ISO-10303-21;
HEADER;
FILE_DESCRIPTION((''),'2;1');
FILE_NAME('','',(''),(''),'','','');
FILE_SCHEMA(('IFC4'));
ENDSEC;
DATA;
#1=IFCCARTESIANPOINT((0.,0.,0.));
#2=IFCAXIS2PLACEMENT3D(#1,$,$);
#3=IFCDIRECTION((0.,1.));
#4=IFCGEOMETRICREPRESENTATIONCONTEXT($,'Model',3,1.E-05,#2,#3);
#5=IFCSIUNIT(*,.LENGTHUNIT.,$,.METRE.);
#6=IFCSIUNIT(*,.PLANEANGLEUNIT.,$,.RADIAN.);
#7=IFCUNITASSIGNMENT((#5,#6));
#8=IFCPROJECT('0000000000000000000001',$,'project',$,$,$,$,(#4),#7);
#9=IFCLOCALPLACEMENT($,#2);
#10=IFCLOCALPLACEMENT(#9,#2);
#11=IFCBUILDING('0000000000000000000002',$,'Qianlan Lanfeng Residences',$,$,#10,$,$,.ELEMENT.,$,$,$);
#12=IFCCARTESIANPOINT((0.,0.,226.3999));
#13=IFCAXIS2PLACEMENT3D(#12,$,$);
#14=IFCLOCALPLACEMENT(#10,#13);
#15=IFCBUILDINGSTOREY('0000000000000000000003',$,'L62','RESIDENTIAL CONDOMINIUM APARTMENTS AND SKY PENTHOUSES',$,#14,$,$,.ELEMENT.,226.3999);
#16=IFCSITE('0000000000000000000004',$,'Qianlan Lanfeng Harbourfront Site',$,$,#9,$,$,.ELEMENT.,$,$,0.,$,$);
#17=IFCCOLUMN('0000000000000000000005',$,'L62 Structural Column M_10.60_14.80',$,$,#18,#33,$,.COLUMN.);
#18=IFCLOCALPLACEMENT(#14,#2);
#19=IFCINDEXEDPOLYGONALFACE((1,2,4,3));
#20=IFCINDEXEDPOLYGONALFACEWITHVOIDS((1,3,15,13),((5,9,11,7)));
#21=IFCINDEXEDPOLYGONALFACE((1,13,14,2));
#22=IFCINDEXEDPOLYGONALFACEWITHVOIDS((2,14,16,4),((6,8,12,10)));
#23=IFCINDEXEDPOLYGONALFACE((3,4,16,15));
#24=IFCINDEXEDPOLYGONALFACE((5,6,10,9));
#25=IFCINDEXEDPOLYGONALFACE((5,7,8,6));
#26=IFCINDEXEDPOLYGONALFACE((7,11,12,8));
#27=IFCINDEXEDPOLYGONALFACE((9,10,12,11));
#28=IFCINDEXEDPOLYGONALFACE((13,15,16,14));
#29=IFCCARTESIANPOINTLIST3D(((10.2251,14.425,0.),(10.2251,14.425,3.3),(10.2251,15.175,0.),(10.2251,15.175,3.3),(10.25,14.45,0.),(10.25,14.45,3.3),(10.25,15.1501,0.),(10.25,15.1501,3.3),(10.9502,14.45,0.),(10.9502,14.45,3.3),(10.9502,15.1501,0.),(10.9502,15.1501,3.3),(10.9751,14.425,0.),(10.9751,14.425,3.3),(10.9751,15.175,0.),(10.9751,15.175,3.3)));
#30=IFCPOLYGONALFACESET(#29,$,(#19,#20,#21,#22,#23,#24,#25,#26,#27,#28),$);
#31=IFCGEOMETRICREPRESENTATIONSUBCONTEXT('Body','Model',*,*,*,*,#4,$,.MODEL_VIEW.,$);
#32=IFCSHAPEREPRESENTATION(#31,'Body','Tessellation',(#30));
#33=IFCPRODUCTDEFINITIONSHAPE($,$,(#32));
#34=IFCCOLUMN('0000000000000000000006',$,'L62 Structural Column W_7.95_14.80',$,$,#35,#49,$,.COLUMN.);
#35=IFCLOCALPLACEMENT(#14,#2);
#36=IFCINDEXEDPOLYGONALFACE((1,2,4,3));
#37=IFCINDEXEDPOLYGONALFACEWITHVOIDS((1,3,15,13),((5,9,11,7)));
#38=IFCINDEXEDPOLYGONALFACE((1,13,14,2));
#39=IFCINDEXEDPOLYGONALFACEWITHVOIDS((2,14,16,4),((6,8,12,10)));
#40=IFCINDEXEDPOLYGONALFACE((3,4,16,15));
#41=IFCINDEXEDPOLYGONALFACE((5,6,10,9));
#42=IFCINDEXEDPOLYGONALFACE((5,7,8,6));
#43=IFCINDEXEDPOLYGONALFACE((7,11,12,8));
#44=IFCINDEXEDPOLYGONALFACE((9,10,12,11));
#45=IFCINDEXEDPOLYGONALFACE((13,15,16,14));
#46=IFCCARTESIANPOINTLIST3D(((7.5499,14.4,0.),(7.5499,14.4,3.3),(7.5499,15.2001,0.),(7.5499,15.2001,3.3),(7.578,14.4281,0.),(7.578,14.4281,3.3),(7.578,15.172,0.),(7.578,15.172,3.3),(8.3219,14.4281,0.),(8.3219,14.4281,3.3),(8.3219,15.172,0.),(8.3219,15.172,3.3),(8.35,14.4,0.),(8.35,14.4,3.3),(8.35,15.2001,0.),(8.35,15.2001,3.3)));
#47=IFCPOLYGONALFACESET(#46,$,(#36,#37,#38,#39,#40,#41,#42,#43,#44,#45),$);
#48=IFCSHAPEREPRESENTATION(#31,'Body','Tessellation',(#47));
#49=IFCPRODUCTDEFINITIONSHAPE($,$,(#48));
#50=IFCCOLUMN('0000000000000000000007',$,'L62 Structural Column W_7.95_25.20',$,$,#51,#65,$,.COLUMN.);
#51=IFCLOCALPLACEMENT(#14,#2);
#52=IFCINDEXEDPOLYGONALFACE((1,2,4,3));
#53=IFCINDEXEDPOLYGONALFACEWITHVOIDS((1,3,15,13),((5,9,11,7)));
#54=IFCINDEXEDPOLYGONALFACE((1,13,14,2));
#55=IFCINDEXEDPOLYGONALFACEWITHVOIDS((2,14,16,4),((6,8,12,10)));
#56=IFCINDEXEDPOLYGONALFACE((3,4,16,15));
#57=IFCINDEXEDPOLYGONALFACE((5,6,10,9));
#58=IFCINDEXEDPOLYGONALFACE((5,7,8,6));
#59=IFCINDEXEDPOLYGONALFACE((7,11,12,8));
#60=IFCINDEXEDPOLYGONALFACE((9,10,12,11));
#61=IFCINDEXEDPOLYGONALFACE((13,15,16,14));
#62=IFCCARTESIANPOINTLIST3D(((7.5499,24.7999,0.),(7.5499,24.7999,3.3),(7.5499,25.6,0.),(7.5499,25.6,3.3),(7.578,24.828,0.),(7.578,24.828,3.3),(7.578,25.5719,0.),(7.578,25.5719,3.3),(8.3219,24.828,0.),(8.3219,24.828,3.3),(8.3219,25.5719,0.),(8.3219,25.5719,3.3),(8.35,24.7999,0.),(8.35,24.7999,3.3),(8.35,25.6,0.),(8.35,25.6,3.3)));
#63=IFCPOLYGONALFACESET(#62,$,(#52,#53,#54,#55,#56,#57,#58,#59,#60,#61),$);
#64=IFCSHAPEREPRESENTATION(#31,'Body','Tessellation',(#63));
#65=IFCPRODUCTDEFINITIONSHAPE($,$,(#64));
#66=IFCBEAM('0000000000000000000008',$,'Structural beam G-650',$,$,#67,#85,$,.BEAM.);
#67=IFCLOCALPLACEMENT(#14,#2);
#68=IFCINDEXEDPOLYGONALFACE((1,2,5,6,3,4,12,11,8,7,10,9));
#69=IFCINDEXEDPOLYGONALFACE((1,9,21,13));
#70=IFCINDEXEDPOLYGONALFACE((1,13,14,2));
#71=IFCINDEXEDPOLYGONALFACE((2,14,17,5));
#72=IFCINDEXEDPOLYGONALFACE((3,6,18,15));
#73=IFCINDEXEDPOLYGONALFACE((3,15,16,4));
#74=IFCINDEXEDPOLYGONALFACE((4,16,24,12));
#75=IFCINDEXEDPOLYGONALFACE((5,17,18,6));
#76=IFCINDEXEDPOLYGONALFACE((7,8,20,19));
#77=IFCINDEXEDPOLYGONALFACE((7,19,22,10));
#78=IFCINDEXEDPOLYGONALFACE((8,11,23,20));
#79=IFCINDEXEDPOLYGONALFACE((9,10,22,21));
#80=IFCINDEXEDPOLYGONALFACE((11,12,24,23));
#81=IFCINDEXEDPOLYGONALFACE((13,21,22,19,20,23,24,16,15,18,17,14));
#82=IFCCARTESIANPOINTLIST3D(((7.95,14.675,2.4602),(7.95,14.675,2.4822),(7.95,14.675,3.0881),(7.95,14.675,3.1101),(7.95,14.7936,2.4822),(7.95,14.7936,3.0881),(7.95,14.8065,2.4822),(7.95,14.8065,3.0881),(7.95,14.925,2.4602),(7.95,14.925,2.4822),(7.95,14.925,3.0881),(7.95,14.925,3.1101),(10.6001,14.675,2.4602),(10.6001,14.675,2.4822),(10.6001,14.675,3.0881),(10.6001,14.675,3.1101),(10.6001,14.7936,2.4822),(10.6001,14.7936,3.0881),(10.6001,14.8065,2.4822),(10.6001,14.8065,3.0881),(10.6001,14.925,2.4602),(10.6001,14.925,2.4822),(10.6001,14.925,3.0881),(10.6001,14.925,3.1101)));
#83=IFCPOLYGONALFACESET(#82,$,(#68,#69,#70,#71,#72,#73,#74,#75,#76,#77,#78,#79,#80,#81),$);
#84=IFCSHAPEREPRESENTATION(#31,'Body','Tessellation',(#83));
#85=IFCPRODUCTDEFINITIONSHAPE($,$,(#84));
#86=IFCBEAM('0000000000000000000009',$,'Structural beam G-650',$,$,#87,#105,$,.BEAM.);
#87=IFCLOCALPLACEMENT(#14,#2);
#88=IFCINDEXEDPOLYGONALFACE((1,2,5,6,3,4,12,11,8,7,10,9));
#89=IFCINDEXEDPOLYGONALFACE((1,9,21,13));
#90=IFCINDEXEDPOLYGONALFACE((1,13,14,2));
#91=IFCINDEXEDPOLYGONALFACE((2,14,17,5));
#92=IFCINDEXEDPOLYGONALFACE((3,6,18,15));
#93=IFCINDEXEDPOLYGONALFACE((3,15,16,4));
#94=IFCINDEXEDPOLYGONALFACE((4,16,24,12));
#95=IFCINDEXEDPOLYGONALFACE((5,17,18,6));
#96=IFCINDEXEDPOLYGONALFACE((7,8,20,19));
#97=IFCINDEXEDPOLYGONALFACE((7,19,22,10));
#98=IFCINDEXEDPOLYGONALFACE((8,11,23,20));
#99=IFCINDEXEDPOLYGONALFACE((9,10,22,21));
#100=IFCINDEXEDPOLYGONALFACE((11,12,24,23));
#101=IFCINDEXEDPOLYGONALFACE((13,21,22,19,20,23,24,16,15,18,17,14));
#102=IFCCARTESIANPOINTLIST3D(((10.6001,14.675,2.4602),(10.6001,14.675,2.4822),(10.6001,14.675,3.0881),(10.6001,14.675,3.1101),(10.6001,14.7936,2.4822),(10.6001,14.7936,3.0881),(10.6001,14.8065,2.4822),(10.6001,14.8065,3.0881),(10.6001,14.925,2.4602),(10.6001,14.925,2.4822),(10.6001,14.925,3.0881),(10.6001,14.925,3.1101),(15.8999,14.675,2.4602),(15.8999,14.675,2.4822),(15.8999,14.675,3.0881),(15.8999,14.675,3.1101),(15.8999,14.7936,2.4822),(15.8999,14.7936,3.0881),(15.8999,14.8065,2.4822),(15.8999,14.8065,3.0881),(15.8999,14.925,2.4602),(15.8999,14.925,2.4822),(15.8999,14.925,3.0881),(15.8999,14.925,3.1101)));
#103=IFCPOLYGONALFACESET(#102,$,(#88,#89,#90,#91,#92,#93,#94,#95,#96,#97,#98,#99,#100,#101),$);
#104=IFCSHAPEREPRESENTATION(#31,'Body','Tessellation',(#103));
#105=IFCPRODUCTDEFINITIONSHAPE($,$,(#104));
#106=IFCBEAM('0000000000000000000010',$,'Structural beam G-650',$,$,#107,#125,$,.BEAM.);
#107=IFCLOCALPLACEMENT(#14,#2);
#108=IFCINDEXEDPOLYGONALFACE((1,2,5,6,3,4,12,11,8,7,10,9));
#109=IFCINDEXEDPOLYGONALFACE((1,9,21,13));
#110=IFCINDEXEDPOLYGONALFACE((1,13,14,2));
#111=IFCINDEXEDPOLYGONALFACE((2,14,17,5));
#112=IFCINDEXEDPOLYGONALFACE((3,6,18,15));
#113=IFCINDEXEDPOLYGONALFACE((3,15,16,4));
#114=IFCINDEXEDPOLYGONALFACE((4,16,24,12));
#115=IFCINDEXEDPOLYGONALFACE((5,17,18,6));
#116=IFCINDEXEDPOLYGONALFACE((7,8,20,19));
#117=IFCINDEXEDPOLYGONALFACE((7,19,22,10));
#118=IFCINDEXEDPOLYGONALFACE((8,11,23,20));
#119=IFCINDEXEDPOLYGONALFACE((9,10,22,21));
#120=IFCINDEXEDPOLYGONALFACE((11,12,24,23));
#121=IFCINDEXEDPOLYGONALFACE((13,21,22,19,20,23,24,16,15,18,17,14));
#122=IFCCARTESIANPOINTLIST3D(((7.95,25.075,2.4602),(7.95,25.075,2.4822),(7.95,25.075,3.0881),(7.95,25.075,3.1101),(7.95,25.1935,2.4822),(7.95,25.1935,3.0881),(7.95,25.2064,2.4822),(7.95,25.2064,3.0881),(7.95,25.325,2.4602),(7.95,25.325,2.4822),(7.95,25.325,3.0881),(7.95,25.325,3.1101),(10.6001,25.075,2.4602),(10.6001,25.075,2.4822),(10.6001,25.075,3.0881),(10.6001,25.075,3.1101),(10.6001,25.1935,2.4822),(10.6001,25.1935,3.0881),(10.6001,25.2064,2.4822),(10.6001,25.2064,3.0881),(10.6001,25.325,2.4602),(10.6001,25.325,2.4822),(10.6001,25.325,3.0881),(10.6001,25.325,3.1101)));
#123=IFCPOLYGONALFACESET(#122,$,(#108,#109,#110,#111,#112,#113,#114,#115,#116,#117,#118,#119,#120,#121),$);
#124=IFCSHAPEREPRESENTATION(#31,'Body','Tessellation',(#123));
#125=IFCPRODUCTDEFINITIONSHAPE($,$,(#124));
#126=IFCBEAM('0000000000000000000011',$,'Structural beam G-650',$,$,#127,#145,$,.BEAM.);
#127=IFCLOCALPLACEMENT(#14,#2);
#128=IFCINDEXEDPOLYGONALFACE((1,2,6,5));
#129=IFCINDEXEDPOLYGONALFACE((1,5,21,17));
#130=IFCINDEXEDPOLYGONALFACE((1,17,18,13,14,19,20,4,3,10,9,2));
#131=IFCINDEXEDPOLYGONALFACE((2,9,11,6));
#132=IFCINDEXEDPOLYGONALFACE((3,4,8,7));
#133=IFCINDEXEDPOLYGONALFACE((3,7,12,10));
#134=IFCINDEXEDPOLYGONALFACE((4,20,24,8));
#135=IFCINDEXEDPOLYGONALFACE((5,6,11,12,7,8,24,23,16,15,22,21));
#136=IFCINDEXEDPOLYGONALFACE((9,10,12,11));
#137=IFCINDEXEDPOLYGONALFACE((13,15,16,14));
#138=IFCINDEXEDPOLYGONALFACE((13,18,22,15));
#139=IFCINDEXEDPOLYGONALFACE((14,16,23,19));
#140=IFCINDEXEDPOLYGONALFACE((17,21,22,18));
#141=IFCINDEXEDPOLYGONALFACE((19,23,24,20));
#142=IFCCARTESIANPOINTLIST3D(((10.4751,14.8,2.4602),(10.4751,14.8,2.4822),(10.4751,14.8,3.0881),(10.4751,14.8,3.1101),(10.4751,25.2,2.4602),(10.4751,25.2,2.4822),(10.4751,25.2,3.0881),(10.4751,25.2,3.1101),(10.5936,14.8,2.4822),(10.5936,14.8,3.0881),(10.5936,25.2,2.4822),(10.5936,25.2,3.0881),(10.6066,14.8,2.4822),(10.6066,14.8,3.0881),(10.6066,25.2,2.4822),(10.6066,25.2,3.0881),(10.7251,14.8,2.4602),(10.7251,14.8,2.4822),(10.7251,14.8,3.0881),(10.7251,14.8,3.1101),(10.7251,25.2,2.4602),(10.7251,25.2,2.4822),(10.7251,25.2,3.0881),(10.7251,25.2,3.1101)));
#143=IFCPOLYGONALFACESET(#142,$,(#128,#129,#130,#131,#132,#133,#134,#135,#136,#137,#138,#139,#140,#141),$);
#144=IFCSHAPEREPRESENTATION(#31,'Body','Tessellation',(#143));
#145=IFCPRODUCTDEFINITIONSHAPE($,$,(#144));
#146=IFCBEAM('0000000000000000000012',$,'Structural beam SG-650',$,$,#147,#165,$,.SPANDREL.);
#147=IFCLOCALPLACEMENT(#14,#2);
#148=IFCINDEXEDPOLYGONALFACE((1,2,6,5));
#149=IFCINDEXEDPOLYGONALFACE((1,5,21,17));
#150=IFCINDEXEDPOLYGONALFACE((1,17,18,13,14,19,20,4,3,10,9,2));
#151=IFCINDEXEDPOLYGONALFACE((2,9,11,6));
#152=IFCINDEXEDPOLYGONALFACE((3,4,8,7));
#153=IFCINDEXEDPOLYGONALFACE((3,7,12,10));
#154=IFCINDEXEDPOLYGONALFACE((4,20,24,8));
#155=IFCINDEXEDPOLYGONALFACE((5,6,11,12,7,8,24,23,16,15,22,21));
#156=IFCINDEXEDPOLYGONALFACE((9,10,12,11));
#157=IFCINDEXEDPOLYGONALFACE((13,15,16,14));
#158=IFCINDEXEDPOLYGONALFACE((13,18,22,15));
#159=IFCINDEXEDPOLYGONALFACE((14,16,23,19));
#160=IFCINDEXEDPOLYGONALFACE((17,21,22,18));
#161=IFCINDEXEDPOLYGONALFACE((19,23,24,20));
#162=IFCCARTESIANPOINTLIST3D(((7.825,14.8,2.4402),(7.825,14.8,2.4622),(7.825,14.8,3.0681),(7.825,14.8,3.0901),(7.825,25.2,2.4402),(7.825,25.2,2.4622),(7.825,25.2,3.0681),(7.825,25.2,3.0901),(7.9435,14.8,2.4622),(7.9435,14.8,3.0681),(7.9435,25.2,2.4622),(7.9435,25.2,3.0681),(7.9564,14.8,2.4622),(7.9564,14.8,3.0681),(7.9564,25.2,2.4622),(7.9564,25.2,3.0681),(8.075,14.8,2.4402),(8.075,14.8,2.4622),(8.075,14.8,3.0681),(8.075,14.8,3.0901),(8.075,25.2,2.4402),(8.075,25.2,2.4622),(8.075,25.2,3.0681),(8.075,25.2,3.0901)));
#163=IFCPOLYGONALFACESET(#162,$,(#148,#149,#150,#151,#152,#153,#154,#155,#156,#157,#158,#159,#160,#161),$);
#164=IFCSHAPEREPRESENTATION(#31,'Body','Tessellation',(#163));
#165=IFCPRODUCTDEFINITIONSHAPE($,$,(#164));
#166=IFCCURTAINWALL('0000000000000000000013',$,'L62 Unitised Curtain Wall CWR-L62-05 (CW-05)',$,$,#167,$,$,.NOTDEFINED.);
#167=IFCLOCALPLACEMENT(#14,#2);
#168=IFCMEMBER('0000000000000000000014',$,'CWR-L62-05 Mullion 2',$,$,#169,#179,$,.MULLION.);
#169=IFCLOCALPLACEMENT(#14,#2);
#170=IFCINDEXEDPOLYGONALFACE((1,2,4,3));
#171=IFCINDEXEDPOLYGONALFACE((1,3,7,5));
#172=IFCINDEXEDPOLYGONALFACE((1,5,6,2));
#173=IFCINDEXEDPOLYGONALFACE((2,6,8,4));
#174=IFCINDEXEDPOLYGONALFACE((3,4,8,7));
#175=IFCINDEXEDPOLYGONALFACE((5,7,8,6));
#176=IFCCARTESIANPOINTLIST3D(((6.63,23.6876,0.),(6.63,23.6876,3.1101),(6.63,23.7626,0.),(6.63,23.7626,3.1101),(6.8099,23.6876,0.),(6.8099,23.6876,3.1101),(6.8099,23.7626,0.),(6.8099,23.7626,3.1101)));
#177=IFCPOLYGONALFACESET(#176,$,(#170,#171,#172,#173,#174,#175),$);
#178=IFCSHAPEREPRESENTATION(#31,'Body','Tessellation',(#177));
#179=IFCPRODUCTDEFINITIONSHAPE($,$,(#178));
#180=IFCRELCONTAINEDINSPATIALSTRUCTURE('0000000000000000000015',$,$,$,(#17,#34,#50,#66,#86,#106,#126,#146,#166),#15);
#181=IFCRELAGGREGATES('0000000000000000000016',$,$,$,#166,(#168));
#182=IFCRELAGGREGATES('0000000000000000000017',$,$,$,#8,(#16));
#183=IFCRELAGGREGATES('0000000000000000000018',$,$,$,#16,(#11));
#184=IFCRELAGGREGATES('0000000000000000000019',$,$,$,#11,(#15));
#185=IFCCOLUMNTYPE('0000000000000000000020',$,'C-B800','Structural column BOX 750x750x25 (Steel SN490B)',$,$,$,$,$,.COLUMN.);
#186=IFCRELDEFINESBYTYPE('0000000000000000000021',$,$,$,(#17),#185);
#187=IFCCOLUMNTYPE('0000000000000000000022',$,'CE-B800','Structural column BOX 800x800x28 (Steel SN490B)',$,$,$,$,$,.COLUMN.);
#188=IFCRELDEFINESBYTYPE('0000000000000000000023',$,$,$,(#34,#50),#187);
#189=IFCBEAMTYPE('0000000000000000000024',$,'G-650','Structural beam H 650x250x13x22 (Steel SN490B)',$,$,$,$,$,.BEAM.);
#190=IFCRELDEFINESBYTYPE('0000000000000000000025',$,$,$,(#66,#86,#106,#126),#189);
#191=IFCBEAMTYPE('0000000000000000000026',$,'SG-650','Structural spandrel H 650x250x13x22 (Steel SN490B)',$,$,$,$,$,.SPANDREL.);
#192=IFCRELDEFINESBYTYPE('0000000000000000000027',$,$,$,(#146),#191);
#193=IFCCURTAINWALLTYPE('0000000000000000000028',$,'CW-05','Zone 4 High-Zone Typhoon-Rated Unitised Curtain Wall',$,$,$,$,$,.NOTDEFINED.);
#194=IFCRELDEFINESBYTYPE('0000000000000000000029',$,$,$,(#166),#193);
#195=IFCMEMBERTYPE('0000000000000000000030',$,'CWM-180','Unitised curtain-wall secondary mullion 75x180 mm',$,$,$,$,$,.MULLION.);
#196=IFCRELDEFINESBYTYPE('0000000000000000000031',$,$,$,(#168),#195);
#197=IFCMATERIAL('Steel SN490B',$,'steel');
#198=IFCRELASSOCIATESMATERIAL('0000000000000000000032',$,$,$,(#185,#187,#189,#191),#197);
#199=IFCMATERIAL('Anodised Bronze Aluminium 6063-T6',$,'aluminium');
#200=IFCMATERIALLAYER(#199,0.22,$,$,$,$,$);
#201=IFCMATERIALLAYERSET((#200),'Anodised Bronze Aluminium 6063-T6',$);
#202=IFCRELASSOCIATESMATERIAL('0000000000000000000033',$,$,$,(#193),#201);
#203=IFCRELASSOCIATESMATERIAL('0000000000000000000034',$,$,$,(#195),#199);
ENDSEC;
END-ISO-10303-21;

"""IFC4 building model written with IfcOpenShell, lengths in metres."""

from ifc_helpers import new_model, si_unit, direction, frame, origin, origin_2d, place, context, subcontext, project, spatial, rectangle, hollow_rectangle, i_section, extrude, source, transform, mapped, material, layer, layer_set, material_profile, profile_set, type_object, element, aggregate, save


model = new_model("IFC4")

# Units and contexts
model_context = context("Model", 3, precision=1e-05, world=origin(), true_north=direction((0.0, 1.0)))
body_context = subcontext(model_context, "Body", "Model", "MODEL_VIEW")
ifc_project = project(units=[si_unit("LENGTHUNIT", "METRE"), si_unit("PLANEANGLEUNIT", "RADIAN")], contexts=[model_context])

# Site, building, storey
site_placement = place(None, origin())
site = spatial("IfcSite", under=ifc_project, at=site_placement, Name="Qianlan Lanfeng Harbourfront Site", CompositionType="ELEMENT", RefElevation=0.0)
building_placement = place(site_placement, origin())
building = spatial("IfcBuilding", under=site, at=building_placement, Name="Qianlan Lanfeng Residences", CompositionType="ELEMENT")
storey_placement = place(building_placement, frame((0.0, 0.0, 226.3999)))
storey = spatial("IfcBuildingStorey", under=building, at=storey_placement, Name="L62", Description="RESIDENTIAL CONDOMINIUM APARTMENTS AND SKY PENTHOUSES", CompositionType="ELEMENT", Elevation=226.3999)

# Columns
ifc_material_1 = material(Name="Steel SN490B", Category="steel")
ifc_material_profile_1 = material_profile(ifc_material_1, hollow_rectangle(XDim=0.75, YDim=0.75, WallThickness=0.0249, at=origin_2d()), Name="BOX 750x750x25")
ifc_profile_set_1 = profile_set([ifc_material_profile_1], Name="Steel SN490B")
column_type_1 = type_object("IfcColumnType", Name="C-B800", Description="Structural column BOX 750x750x25 (Steel SN490B)", PredefinedType="COLUMN", material=ifc_profile_set_1)
column_placement = place(storey_placement, frame((10.6001, 14.8, 0.0), z_axis=(0.0, 0.0, 1.0), x_axis=(1.0, 0.0, 0.0)))
element("IfcColumn", 1, at=column_placement, inside=storey, type_object=column_type_1, Name="L62 Structural Column M_10.60_14.80", PredefinedType="COLUMN", context=body_context, shape_type="SweptSolid", body=[
    extrude(hollow_rectangle(XDim=0.75, YDim=0.75, WallThickness=0.0249, at=origin_2d()), origin(), (0.0, 0.0, 1.0), 3.3),
])
ifc_material_profile_2 = material_profile(ifc_material_1, hollow_rectangle(XDim=0.8, YDim=0.8, WallThickness=0.0281, at=origin_2d()), Name="BOX 800x800x28")
ifc_profile_set_2 = profile_set([ifc_material_profile_2], Name="Steel SN490B")
column_type_2 = type_object("IfcColumnType", Name="CE-B800", Description="Structural column BOX 800x800x28 (Steel SN490B)", PredefinedType="COLUMN", material=ifc_profile_set_2)
for number, where, z_axis, x_axis, name in (
    (2, (7.95, 14.8, 0.0), (0.0, 0.0, 1.0), (1.0, 0.0, 0.0), "L62 Structural Column W_7.95_14.80"),
    (3, (7.95, 25.2, 0.0), (0.0, 0.0, 1.0), (1.0, 0.0, 0.0), "L62 Structural Column W_7.95_25.20"),
):
    element("IfcColumn", number, at=place(storey_placement, frame(where, z_axis=z_axis, x_axis=x_axis)), inside=storey, type_object=column_type_2, Name=name, PredefinedType="COLUMN", context=body_context, shape_type="SweptSolid", body=[
        extrude(hollow_rectangle(XDim=0.8, YDim=0.8, WallThickness=0.0281, at=origin_2d()), origin(), (0.0, 0.0, 1.0), 3.3),
    ])

# Beams
ifc_material_profile_3 = material_profile(ifc_material_1, i_section(OverallWidth=0.25, OverallDepth=0.6499, WebThickness=0.0129, FlangeThickness=0.022, at=origin_2d()), Name="H 650x250x13x22")
ifc_profile_set_3 = profile_set([ifc_material_profile_3], Name="Steel SN490B")
beam_type_1 = type_object("IfcBeamType", Name="G-650", Description="Structural beam H 650x250x13x22 (Steel SN490B)", PredefinedType="BEAM", material=ifc_profile_set_3)
beam_1_placement = place(storey_placement, frame((7.95, 14.8, 2.7852), z_axis=(1.0, 0.0, 0.0), x_axis=(0.0, 1.0, 0.0)))
element("IfcBeam", 4, at=beam_1_placement, inside=storey, type_object=beam_type_1, Name="Structural beam G-650", PredefinedType="BEAM", context=body_context, shape_type="SweptSolid", body=[
    extrude(i_section(OverallWidth=0.25, OverallDepth=0.6499, WebThickness=0.0129, FlangeThickness=0.022, at=origin_2d()), origin(), (0.0, 0.0, 1.0), 2.6501),
])
beam_2_placement = place(storey_placement, frame((10.6001, 14.8, 2.7852), z_axis=(1.0, 0.0, 0.0), x_axis=(0.0, 1.0, 0.0)))
element("IfcBeam", 5, at=beam_2_placement, inside=storey, type_object=beam_type_1, Name="Structural beam G-650", PredefinedType="BEAM", context=body_context, shape_type="SweptSolid", body=[
    extrude(i_section(OverallWidth=0.25, OverallDepth=0.6499, WebThickness=0.0129, FlangeThickness=0.022, at=origin_2d()), origin(), (0.0, 0.0, 1.0), 5.2998),
])
beam_3_placement = place(storey_placement, frame((7.95, 25.2, 2.7852), z_axis=(1.0, 0.0, 0.0), x_axis=(0.0, 1.0, 0.0)))
element("IfcBeam", 6, at=beam_3_placement, inside=storey, type_object=beam_type_1, Name="Structural beam G-650", PredefinedType="BEAM", context=body_context, shape_type="SweptSolid", body=[
    extrude(i_section(OverallWidth=0.25, OverallDepth=0.6499, WebThickness=0.0129, FlangeThickness=0.022, at=origin_2d()), origin(), (0.0, 0.0, 1.0), 2.6501),
])
beam_4_placement = place(storey_placement, frame((10.6001, 14.8, 2.7852), z_axis=(0.0, 1.0, 0.0), x_axis=(-1.0, 0.0, 0.0)))
element("IfcBeam", 7, at=beam_4_placement, inside=storey, type_object=beam_type_1, Name="Structural beam G-650", PredefinedType="BEAM", context=body_context, shape_type="SweptSolid", body=[
    extrude(i_section(OverallWidth=0.25, OverallDepth=0.6499, WebThickness=0.0129, FlangeThickness=0.022, at=origin_2d()), origin(), (0.0, 0.0, 1.0), 10.3999),
])
ifc_material_profile_4 = material_profile(ifc_material_1, i_section(OverallWidth=0.25, OverallDepth=0.6499, WebThickness=0.0129, FlangeThickness=0.022, at=origin_2d()), Name="H 650x250x13x22")
ifc_profile_set_4 = profile_set([ifc_material_profile_4], Name="Steel SN490B")
beam_type_2 = type_object("IfcBeamType", Name="SG-650", Description="Structural spandrel H 650x250x13x22 (Steel SN490B)", PredefinedType="SPANDREL", material=ifc_profile_set_4)
beam_5_placement = place(storey_placement, frame((7.95, 14.8, 2.7651), z_axis=(0.0, 1.0, 0.0), x_axis=(-1.0, 0.0, 0.0)))
element("IfcBeam", 8, at=beam_5_placement, inside=storey, type_object=beam_type_2, Name="Structural beam SG-650", PredefinedType="SPANDREL", context=body_context, shape_type="SweptSolid", body=[
    extrude(i_section(OverallWidth=0.25, OverallDepth=0.6499, WebThickness=0.0129, FlangeThickness=0.022, at=origin_2d()), origin(), (0.0, 0.0, 1.0), 10.3999),
])

# Curtain wall, member
ifc_material_2 = material(Name="Anodised Bronze Aluminium 6063-T6", Category="aluminium")
ifc_layer_1 = layer(ifc_material_2, 0.22)
ifc_layer_set_1 = layer_set([ifc_layer_1], Name="Anodised Bronze Aluminium 6063-T6")
curtain_wall_type = type_object("IfcCurtainWallType", Name="CW-05", Description="Zone 4 High-Zone Typhoon-Rated Unitised Curtain Wall", PredefinedType="NOTDEFINED", material=ifc_layer_set_1)
curtain_wall_placement = place(storey_placement, origin())
curtain_wall = element("IfcCurtainWall", 9, at=curtain_wall_placement, inside=storey, type_object=curtain_wall_type, Name="L62 Unitised Curtain Wall CWR-L62-05 (CW-05)", PredefinedType="NOTDEFINED")
ifc_material_profile_5 = material_profile(ifc_material_2, rectangle(XDim=0.075, YDim=0.1799, at=origin_2d()), Name="ALU MULLION 75x180")
ifc_profile_set_5 = profile_set([ifc_material_profile_5], Name="Anodised Bronze Aluminium 6063-T6")
member_type_1 = type_object("IfcMemberType", Name="CWM-180", Description="Unitised curtain-wall secondary mullion 75x180 mm", PredefinedType="MULLION", material=ifc_profile_set_5)
shared_shape_1 = source(origin(), body_context, "Body", "SweptSolid", [
    extrude(rectangle(XDim=0.075, YDim=0.1799, at=origin_2d()), origin(), (0.0, 0.0, 1.0), 3.1101),
])
member_1_placement = place(storey_placement, frame((6.72, 23.7251, 0.0), z_axis=(0.0, 0.0, 1.0), x_axis=(0.0, -1.0, 0.0)))
member_1 = element("IfcMember", 10, at=member_1_placement, type_object=member_type_1, Name="CWR-L62-05 Mullion 2", PredefinedType="MULLION", context=body_context, shape_type="MappedRepresentation", body=[
    mapped(shared_shape_1, transform((0.0, 0.0, 0.0), scale=1.0)),
])
aggregate(curtain_wall, [member_1])

save(model, "model.ifc")
